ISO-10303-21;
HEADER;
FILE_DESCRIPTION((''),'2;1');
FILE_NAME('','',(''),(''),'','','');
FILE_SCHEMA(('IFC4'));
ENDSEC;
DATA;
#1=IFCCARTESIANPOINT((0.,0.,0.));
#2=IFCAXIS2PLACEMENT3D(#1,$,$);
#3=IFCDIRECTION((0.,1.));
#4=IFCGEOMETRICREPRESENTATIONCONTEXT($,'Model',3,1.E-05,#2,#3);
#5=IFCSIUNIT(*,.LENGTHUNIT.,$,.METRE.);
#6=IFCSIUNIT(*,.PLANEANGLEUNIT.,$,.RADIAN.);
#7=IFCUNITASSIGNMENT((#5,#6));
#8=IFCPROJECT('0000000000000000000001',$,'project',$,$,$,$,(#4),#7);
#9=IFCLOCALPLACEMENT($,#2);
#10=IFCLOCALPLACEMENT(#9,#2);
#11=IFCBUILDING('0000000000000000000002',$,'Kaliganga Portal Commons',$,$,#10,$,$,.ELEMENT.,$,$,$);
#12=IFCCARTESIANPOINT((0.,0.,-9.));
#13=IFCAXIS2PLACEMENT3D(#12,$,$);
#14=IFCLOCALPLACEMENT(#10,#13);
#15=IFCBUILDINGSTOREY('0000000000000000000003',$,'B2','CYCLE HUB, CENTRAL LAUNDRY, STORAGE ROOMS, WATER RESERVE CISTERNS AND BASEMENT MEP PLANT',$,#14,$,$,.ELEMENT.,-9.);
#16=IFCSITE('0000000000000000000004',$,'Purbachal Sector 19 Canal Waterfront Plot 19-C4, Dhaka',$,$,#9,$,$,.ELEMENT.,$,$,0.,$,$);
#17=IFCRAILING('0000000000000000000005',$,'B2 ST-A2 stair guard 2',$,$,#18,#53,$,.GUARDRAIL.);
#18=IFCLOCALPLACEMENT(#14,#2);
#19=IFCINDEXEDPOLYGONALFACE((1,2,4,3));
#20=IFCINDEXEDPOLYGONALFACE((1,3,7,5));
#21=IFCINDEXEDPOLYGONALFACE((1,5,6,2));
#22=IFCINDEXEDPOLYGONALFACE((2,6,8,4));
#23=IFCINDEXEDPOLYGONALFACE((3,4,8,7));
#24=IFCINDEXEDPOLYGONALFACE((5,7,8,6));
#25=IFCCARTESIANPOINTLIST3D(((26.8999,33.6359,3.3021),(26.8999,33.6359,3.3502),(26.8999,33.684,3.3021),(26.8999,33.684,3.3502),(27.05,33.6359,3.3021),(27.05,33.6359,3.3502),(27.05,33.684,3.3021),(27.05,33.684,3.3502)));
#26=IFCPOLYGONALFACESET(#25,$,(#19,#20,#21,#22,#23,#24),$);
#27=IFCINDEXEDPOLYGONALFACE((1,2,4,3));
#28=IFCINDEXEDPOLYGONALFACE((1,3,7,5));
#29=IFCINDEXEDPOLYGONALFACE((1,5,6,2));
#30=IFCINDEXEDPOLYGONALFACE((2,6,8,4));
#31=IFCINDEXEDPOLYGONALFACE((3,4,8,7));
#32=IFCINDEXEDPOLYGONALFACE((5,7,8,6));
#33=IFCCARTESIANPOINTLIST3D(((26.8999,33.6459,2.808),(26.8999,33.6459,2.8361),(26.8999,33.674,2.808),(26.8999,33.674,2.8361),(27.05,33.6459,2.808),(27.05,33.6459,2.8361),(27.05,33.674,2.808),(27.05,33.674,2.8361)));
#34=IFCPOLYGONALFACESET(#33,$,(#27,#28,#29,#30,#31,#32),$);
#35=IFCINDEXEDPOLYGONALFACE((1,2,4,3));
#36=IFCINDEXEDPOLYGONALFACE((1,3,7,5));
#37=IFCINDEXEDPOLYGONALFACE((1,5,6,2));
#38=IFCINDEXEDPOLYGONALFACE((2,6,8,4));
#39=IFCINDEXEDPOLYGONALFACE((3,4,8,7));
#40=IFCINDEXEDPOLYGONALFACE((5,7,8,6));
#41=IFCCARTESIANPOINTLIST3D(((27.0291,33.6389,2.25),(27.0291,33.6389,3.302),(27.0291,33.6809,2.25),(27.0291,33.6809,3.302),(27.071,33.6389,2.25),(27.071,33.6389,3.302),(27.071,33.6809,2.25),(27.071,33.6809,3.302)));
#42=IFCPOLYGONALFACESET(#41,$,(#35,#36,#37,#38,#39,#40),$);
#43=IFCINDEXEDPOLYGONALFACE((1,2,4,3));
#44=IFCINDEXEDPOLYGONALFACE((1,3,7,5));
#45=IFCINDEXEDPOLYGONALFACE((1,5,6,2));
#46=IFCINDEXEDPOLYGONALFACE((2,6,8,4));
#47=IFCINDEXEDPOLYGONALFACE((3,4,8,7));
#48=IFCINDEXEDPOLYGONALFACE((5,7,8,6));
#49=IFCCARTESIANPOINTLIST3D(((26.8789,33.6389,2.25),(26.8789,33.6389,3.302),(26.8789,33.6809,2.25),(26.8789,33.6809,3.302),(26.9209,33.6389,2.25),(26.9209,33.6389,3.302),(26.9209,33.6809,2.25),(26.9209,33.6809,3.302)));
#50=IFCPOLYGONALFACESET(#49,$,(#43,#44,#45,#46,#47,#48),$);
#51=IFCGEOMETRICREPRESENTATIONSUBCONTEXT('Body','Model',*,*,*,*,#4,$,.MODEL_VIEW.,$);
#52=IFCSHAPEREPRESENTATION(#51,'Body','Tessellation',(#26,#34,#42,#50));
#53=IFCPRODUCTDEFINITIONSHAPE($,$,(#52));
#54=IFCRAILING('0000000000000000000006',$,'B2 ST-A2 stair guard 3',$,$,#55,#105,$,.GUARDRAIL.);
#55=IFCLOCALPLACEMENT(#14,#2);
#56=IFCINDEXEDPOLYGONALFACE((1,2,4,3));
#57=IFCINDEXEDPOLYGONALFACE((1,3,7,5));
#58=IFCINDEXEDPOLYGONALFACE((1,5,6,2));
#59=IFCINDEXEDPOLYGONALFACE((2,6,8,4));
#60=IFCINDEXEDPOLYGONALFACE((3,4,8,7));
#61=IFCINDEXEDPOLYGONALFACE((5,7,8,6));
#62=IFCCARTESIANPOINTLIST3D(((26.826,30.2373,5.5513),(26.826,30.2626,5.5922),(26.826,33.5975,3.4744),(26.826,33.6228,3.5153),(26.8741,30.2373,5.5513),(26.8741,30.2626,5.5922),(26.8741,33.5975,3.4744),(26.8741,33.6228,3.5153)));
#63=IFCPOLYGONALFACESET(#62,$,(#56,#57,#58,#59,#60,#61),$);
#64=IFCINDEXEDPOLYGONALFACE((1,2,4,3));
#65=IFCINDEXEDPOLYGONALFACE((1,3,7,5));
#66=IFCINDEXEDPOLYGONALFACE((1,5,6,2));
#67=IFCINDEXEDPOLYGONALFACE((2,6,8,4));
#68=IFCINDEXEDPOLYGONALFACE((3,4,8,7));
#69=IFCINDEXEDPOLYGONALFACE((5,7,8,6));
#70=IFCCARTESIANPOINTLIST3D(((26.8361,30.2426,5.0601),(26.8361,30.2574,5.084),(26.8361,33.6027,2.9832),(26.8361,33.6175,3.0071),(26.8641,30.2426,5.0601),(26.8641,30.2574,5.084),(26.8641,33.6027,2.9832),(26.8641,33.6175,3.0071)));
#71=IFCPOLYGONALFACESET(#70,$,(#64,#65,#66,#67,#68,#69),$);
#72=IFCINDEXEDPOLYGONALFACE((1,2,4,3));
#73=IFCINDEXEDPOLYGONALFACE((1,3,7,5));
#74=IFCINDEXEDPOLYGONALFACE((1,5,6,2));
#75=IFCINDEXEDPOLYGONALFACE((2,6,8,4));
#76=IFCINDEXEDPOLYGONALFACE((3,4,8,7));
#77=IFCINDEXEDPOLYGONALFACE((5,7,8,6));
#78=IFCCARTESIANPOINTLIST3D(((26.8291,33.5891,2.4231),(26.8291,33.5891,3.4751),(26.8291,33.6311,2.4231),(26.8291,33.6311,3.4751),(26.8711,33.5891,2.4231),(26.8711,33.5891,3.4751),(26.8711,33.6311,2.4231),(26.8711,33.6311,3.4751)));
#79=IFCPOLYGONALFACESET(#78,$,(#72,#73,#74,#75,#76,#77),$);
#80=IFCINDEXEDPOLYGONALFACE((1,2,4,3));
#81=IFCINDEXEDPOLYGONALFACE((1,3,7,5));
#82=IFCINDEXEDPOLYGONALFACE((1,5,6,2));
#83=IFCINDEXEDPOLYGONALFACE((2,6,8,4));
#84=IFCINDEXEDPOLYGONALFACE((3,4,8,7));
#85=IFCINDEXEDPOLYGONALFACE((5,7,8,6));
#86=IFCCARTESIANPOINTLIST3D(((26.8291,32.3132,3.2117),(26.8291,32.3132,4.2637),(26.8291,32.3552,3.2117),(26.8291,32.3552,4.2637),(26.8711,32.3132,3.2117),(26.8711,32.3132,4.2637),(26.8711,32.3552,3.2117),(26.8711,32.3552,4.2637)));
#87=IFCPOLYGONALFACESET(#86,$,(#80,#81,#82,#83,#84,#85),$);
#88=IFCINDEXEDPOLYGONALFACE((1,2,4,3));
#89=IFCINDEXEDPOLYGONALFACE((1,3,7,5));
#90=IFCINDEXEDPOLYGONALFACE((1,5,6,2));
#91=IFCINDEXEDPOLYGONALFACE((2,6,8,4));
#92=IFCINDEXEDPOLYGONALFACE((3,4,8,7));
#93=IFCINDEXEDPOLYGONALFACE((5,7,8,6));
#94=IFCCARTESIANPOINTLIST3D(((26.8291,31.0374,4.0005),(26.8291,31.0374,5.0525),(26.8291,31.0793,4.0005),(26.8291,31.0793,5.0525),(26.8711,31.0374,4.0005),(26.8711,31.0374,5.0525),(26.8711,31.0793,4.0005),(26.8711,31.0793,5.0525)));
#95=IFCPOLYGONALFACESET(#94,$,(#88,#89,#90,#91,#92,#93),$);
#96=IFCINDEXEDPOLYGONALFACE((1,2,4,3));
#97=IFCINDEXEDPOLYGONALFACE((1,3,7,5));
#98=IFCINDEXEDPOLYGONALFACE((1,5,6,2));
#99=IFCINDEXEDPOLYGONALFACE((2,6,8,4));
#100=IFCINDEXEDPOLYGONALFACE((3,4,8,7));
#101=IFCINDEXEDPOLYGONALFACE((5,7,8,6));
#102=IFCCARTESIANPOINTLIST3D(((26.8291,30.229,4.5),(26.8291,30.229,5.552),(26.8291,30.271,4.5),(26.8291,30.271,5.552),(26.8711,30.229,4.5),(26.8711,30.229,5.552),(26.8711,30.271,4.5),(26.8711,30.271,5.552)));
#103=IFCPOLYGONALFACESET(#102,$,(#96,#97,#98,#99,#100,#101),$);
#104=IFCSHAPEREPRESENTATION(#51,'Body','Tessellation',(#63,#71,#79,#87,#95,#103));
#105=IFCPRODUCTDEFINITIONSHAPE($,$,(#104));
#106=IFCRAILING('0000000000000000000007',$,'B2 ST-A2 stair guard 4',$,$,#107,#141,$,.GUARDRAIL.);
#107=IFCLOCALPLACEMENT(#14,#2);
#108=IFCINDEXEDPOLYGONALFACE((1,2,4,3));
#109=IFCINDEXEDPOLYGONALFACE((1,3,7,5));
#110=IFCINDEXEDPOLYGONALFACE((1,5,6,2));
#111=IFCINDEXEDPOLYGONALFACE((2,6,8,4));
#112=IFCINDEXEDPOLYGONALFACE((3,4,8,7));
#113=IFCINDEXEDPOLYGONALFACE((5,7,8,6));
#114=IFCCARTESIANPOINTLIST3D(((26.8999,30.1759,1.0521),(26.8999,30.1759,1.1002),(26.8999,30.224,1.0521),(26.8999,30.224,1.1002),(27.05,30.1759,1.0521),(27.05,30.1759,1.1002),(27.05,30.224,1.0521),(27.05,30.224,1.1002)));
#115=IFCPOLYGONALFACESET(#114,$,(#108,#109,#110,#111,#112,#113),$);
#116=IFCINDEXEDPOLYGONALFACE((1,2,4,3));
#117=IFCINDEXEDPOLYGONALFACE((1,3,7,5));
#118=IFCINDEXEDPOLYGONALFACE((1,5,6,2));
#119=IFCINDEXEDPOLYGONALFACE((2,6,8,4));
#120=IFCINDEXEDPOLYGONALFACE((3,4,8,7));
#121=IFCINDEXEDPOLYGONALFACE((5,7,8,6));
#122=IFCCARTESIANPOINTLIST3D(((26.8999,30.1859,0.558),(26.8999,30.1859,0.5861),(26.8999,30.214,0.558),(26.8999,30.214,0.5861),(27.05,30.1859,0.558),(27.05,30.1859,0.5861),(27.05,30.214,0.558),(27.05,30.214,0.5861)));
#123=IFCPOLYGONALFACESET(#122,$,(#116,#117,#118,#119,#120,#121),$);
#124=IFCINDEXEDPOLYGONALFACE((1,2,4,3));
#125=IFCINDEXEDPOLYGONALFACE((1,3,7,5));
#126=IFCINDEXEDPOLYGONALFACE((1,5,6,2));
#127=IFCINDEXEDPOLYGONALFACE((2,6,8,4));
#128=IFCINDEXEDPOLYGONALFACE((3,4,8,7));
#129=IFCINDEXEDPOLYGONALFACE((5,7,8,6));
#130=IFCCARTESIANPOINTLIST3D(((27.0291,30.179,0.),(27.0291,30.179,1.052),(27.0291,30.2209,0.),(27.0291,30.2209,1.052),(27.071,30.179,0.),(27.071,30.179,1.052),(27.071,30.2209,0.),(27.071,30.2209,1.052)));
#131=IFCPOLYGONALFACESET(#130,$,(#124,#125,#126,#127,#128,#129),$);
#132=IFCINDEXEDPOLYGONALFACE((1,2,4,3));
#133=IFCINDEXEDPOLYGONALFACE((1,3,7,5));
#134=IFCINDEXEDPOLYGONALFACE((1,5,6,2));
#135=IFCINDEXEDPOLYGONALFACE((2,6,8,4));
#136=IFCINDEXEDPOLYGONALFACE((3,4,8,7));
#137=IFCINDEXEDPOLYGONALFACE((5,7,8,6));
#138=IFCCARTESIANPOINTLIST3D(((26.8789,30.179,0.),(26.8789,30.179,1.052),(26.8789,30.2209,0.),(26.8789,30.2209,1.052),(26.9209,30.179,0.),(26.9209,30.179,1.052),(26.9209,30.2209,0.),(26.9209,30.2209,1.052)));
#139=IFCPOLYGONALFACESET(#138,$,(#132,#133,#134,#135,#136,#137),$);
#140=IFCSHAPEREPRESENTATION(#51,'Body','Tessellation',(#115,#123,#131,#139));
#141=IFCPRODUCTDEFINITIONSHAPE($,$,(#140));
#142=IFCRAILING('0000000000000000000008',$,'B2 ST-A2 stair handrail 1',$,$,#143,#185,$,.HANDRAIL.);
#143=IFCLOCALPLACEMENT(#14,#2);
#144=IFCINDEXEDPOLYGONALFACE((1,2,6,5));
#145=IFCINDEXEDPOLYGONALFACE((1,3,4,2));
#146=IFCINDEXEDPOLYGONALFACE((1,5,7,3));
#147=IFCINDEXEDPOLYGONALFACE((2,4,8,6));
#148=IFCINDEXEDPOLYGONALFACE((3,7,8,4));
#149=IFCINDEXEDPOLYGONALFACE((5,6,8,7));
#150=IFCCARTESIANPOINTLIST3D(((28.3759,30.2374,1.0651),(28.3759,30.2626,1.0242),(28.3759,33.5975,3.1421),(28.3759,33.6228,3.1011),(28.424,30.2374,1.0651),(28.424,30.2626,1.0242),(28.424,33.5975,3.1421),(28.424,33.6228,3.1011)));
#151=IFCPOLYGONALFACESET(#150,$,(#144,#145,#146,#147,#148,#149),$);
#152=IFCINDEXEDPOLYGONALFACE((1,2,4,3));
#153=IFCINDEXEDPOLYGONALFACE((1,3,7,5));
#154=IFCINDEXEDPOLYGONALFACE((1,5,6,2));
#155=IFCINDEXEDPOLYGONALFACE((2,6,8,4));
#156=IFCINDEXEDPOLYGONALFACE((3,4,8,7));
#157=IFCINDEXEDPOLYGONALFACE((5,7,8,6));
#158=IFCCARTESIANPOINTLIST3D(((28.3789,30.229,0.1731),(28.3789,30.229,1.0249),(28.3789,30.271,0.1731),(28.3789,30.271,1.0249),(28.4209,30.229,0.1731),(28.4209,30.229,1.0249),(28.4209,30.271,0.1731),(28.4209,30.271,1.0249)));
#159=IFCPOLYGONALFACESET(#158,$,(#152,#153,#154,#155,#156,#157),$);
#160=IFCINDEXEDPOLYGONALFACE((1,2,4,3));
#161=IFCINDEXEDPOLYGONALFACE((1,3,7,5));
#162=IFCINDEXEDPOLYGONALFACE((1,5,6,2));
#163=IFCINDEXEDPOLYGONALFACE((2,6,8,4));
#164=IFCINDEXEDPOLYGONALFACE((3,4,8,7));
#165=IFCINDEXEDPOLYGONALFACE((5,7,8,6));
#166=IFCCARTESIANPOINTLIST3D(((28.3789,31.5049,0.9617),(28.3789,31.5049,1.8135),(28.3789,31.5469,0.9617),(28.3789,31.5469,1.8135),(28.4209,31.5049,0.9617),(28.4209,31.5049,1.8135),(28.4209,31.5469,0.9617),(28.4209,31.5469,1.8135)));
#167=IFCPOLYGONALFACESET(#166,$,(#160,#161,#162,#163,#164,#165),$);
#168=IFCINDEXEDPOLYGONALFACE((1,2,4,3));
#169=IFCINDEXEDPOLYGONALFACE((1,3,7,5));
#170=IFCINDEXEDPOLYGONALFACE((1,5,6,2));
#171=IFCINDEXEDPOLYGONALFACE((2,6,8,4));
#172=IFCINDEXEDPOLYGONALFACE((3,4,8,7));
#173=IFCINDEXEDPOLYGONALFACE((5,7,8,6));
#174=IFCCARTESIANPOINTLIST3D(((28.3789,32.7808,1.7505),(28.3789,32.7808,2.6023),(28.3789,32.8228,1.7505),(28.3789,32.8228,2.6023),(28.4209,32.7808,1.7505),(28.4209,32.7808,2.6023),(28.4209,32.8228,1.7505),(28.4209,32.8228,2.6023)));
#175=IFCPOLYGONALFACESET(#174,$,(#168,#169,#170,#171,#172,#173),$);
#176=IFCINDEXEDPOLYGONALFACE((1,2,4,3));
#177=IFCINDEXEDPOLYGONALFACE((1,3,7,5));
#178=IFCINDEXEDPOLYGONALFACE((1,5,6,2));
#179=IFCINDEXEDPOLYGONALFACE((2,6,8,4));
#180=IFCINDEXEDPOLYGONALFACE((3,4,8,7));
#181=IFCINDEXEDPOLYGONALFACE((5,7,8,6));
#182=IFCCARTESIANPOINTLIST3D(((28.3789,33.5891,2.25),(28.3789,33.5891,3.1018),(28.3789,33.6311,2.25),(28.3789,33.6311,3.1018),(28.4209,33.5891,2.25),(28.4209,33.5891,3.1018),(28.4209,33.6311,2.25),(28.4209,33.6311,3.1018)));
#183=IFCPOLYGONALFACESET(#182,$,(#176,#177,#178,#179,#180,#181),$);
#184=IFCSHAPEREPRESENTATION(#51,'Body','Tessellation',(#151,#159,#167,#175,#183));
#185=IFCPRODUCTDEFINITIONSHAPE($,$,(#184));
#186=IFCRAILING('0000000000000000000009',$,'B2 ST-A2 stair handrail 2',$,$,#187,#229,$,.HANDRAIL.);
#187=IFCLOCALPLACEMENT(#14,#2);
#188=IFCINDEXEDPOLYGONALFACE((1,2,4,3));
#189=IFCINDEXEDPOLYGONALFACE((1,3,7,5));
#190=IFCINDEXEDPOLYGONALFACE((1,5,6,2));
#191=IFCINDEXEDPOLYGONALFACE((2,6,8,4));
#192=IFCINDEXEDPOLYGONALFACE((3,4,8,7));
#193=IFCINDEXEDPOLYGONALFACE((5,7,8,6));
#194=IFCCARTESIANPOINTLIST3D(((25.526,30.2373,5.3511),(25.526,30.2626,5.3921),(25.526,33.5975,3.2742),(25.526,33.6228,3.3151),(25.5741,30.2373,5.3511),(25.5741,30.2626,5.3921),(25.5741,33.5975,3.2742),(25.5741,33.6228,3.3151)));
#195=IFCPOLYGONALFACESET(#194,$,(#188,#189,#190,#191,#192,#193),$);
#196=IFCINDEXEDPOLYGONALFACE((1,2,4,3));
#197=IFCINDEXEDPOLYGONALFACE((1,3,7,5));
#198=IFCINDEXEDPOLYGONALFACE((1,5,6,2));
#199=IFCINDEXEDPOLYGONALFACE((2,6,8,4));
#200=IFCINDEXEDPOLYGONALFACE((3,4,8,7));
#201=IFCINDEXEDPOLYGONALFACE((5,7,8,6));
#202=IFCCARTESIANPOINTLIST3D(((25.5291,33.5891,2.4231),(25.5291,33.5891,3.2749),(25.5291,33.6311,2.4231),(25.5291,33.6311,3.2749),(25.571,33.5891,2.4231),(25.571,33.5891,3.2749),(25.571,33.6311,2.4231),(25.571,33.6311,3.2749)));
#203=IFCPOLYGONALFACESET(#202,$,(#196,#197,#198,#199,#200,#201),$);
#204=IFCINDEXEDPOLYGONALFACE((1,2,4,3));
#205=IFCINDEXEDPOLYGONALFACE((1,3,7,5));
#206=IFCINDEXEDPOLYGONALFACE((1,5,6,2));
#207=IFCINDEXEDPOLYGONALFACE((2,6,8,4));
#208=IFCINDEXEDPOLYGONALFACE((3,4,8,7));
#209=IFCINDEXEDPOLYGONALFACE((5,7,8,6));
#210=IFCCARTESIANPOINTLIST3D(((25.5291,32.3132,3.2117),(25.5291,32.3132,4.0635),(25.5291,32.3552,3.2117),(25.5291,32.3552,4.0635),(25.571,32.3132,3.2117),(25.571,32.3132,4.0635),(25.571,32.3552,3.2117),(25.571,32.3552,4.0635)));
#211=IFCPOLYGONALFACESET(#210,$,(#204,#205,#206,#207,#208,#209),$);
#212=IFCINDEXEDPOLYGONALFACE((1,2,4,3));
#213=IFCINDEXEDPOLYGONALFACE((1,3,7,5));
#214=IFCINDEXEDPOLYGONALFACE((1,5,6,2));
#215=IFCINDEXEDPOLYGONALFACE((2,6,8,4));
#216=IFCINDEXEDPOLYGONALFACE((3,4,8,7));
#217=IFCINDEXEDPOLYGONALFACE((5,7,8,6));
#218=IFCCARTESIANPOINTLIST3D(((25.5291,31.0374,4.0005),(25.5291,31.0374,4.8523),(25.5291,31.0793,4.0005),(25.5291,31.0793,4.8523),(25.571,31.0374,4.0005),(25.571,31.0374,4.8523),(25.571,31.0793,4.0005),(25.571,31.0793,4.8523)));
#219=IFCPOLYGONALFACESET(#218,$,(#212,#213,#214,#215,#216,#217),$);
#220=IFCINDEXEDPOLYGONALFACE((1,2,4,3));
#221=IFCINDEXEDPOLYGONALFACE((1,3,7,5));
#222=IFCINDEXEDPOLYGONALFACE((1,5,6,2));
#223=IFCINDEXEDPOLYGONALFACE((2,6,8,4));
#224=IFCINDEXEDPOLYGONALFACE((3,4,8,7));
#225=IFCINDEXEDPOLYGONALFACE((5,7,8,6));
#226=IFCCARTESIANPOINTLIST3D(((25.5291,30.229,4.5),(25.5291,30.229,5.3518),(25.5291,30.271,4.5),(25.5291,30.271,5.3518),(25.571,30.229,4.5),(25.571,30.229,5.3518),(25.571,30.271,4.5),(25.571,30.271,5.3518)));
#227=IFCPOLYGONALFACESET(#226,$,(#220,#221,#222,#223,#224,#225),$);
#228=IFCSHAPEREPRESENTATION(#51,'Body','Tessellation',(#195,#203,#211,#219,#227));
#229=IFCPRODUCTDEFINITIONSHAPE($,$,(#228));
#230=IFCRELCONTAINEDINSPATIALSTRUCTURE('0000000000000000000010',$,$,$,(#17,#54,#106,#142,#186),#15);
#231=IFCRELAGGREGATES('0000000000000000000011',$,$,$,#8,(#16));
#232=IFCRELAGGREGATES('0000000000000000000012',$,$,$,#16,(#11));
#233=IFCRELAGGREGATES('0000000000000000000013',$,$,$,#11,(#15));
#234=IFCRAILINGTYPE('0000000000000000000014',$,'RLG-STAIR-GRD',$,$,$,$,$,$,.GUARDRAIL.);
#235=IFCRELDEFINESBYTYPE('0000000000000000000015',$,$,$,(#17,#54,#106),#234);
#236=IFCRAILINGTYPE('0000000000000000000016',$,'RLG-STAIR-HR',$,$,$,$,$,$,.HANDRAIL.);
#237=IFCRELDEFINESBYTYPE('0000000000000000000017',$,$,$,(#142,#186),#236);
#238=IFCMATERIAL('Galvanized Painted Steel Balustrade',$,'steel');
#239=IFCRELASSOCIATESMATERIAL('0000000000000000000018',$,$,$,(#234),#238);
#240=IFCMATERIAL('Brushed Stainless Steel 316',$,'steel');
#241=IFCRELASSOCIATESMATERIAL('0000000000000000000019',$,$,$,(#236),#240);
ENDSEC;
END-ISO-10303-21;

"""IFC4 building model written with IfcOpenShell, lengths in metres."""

from ifc_helpers import new_model, si_unit, direction, frame, origin, origin_2d, place, context, subcontext, project, spatial, rectangle, extrude, material, type_object, element, save


model = new_model("IFC4")

# Units and contexts
model_context = context("Model", 3, precision=1e-05, world=origin(), true_north=direction((0.0, 1.0)))
body_context = subcontext(model_context, "Body", "Model", "MODEL_VIEW")
ifc_project = project(units=[si_unit("LENGTHUNIT", "METRE"), si_unit("PLANEANGLEUNIT", "RADIAN")], contexts=[model_context])

# Site, building, storey
site_placement = place(None, origin())
site = spatial("IfcSite", under=ifc_project, at=site_placement, Name="Purbachal Sector 19 Canal Waterfront Plot 19-C4, Dhaka", CompositionType="ELEMENT", RefElevation=0.0)
building_placement = place(site_placement, origin())
building = spatial("IfcBuilding", under=site, at=building_placement, Name="Kaliganga Portal Commons", CompositionType="ELEMENT")
storey_placement = place(building_placement, frame((0.0, 0.0, -9.0)))
storey = spatial("IfcBuildingStorey", under=building, at=storey_placement, Name="B2", Description="CYCLE HUB, CENTRAL LAUNDRY, STORAGE ROOMS, WATER RESERVE CISTERNS AND BASEMENT MEP PLANT", CompositionType="ELEMENT", Elevation=-9.0)

# Railings
ifc_material_1 = material(Name="Galvanized Painted Steel Balustrade", Category="steel")
railing_type_1 = type_object("IfcRailingType", Name="RLG-STAIR-GRD", PredefinedType="GUARDRAIL", material=ifc_material_1)
railing_1_placement = place(storey_placement, frame((27.05, 33.6599, 2.25)))
element("IfcRailing", 1, at=railing_1_placement, inside=storey, type_object=railing_type_1, Name="B2 ST-A2 stair guard 2", PredefinedType="GUARDRAIL", context=body_context, shape_type="SweptSolid", body=[
    extrude(rectangle(XDim=0.0481, YDim=0.0481, at=origin_2d()), frame((0.0, 0.0, 1.0762), z_axis=(-1.0, 0.0, 0.0), x_axis=(0.0, -1.0, 0.0)), (0.0, 0.0, 1.0), 0.1501),
    extrude(rectangle(XDim=0.0281, YDim=0.0281, at=origin_2d()), frame((0.0, 0.0, 0.572), z_axis=(-1.0, 0.0, 0.0), x_axis=(0.0, -1.0, 0.0)), (0.0, 0.0, 1.0), 0.1501),
    extrude(rectangle(XDim=0.042, YDim=0.042, at=origin_2d()), origin(), (0.0, 0.0, 1.0), 1.052),
    extrude(rectangle(XDim=0.042, YDim=0.042, at=origin_2d()), frame((-0.1501, 0.0, 0.0)), (0.0, 0.0, 1.0), 1.052),
])
railing_2_placement = place(storey_placement, frame((26.8501, 33.6101, 2.4231)))
element("IfcRailing", 2, at=railing_2_placement, inside=storey, type_object=railing_type_1, Name="B2 ST-A2 stair guard 3", PredefinedType="GUARDRAIL", context=body_context, shape_type="SweptSolid", body=[
    extrude(rectangle(XDim=0.0481, YDim=0.0481, at=origin_2d()), frame((0.0, 0.0, 1.0718), z_axis=(0.0, -0.850623, 0.525776), x_axis=(1.0, 0.0, 0.0)), (0.0, 0.0, 1.0), 3.9502),
    extrude(rectangle(XDim=0.0281, YDim=0.0281, at=origin_2d()), frame((0.0, 0.0, 0.572), z_axis=(0.0, -0.850623, 0.525776), x_axis=(1.0, 0.0, 0.0)), (0.0, 0.0, 1.0), 3.9502),
    extrude(rectangle(XDim=0.042, YDim=0.042, at=origin_2d()), origin(), (0.0, 0.0, 1.0), 1.052),
    extrude(rectangle(XDim=0.042, YDim=0.042, at=origin_2d()), frame((0.0, -1.2759, 0.7886)), (0.0, 0.0, 1.0), 1.052),
    extrude(rectangle(XDim=0.042, YDim=0.042, at=origin_2d()), frame((0.0, -2.5518, 1.5774)), (0.0, 0.0, 1.0), 1.052),
    extrude(rectangle(XDim=0.042, YDim=0.042, at=origin_2d()), frame((0.0, -3.3601, 2.0769)), (0.0, 0.0, 1.0), 1.052),
])
railing_3_placement = place(storey_placement, frame((27.05, 30.2, 0.0)))
element("IfcRailing", 3, at=railing_3_placement, inside=storey, type_object=railing_type_1, Name="B2 ST-A2 stair guard 4", PredefinedType="GUARDRAIL", context=body_context, shape_type="SweptSolid", body=[
    extrude(rectangle(XDim=0.0481, YDim=0.0481, at=origin_2d()), frame((0.0, 0.0, 1.0762), z_axis=(-1.0, 0.0, 0.0), x_axis=(0.0, -1.0, 0.0)), (0.0, 0.0, 1.0), 0.1501),
    extrude(rectangle(XDim=0.0281, YDim=0.0281, at=origin_2d()), frame((0.0, 0.0, 0.572), z_axis=(-1.0, 0.0, 0.0), x_axis=(0.0, -1.0, 0.0)), (0.0, 0.0, 1.0), 0.1501),
    extrude(rectangle(XDim=0.042, YDim=0.042, at=origin_2d()), origin(), (0.0, 0.0, 1.0), 1.052),
    extrude(rectangle(XDim=0.042, YDim=0.042, at=origin_2d()), frame((-0.1501, 0.0, 0.0)), (0.0, 0.0, 1.0), 1.052),
])
ifc_material_2 = material(Name="Brushed Stainless Steel 316", Category="steel")
railing_type_2 = type_object("IfcRailingType", Name="RLG-STAIR-HR", PredefinedType="HANDRAIL", material=ifc_material_2)
railing_4_placement = place(storey_placement, frame((28.3999, 30.25, 0.1731)))
element("IfcRailing", 4, at=railing_4_placement, inside=storey, type_object=railing_type_2, Name="B2 ST-A2 stair handrail 1", PredefinedType="HANDRAIL", context=body_context, shape_type="SweptSolid", body=[
    extrude(rectangle(XDim=0.0481, YDim=0.0481, at=origin_2d()), frame((0.0, 0.0, 0.8716), z_axis=(0.0, 0.850623, 0.525776), x_axis=(-1.0, 0.0, 0.0)), (0.0, 0.0, 1.0), 3.9502),
    extrude(rectangle(XDim=0.042, YDim=0.042, at=origin_2d()), origin(), (0.0, 0.0, 1.0), 0.8518),
    extrude(rectangle(XDim=0.042, YDim=0.042, at=origin_2d()), frame((0.0, 1.2759, 0.7886)), (0.0, 0.0, 1.0), 0.8518),
    extrude(rectangle(XDim=0.042, YDim=0.042, at=origin_2d()), frame((0.0, 2.5518, 1.5774)), (0.0, 0.0, 1.0), 0.8518),
    extrude(rectangle(XDim=0.042, YDim=0.042, at=origin_2d()), frame((0.0, 3.3601, 2.0769)), (0.0, 0.0, 1.0), 0.8518),
])
railing_5_placement = place(storey_placement, frame((25.55, 33.6101, 2.4231)))
element("IfcRailing", 5, at=railing_5_placement, inside=storey, type_object=railing_type_2, Name="B2 ST-A2 stair handrail 2", PredefinedType="HANDRAIL", context=body_context, shape_type="SweptSolid", body=[
    extrude(rectangle(XDim=0.0481, YDim=0.0481, at=origin_2d()), frame((0.0, 0.0, 0.8716), z_axis=(0.0, -0.850623, 0.525776), x_axis=(1.0, 0.0, 0.0)), (0.0, 0.0, 1.0), 3.9502),
    extrude(rectangle(XDim=0.042, YDim=0.042, at=origin_2d()), origin(), (0.0, 0.0, 1.0), 0.8518),
    extrude(rectangle(XDim=0.042, YDim=0.042, at=origin_2d()), frame((0.0, -1.2759, 0.7886)), (0.0, 0.0, 1.0), 0.8518),
    extrude(rectangle(XDim=0.042, YDim=0.042, at=origin_2d()), frame((0.0, -2.5518, 1.5774)), (0.0, 0.0, 1.0), 0.8518),
    extrude(rectangle(XDim=0.042, YDim=0.042, at=origin_2d()), frame((0.0, -3.3601, 2.0769)), (0.0, 0.0, 1.0), 0.8518),
])

save(model, "model.ifc")
